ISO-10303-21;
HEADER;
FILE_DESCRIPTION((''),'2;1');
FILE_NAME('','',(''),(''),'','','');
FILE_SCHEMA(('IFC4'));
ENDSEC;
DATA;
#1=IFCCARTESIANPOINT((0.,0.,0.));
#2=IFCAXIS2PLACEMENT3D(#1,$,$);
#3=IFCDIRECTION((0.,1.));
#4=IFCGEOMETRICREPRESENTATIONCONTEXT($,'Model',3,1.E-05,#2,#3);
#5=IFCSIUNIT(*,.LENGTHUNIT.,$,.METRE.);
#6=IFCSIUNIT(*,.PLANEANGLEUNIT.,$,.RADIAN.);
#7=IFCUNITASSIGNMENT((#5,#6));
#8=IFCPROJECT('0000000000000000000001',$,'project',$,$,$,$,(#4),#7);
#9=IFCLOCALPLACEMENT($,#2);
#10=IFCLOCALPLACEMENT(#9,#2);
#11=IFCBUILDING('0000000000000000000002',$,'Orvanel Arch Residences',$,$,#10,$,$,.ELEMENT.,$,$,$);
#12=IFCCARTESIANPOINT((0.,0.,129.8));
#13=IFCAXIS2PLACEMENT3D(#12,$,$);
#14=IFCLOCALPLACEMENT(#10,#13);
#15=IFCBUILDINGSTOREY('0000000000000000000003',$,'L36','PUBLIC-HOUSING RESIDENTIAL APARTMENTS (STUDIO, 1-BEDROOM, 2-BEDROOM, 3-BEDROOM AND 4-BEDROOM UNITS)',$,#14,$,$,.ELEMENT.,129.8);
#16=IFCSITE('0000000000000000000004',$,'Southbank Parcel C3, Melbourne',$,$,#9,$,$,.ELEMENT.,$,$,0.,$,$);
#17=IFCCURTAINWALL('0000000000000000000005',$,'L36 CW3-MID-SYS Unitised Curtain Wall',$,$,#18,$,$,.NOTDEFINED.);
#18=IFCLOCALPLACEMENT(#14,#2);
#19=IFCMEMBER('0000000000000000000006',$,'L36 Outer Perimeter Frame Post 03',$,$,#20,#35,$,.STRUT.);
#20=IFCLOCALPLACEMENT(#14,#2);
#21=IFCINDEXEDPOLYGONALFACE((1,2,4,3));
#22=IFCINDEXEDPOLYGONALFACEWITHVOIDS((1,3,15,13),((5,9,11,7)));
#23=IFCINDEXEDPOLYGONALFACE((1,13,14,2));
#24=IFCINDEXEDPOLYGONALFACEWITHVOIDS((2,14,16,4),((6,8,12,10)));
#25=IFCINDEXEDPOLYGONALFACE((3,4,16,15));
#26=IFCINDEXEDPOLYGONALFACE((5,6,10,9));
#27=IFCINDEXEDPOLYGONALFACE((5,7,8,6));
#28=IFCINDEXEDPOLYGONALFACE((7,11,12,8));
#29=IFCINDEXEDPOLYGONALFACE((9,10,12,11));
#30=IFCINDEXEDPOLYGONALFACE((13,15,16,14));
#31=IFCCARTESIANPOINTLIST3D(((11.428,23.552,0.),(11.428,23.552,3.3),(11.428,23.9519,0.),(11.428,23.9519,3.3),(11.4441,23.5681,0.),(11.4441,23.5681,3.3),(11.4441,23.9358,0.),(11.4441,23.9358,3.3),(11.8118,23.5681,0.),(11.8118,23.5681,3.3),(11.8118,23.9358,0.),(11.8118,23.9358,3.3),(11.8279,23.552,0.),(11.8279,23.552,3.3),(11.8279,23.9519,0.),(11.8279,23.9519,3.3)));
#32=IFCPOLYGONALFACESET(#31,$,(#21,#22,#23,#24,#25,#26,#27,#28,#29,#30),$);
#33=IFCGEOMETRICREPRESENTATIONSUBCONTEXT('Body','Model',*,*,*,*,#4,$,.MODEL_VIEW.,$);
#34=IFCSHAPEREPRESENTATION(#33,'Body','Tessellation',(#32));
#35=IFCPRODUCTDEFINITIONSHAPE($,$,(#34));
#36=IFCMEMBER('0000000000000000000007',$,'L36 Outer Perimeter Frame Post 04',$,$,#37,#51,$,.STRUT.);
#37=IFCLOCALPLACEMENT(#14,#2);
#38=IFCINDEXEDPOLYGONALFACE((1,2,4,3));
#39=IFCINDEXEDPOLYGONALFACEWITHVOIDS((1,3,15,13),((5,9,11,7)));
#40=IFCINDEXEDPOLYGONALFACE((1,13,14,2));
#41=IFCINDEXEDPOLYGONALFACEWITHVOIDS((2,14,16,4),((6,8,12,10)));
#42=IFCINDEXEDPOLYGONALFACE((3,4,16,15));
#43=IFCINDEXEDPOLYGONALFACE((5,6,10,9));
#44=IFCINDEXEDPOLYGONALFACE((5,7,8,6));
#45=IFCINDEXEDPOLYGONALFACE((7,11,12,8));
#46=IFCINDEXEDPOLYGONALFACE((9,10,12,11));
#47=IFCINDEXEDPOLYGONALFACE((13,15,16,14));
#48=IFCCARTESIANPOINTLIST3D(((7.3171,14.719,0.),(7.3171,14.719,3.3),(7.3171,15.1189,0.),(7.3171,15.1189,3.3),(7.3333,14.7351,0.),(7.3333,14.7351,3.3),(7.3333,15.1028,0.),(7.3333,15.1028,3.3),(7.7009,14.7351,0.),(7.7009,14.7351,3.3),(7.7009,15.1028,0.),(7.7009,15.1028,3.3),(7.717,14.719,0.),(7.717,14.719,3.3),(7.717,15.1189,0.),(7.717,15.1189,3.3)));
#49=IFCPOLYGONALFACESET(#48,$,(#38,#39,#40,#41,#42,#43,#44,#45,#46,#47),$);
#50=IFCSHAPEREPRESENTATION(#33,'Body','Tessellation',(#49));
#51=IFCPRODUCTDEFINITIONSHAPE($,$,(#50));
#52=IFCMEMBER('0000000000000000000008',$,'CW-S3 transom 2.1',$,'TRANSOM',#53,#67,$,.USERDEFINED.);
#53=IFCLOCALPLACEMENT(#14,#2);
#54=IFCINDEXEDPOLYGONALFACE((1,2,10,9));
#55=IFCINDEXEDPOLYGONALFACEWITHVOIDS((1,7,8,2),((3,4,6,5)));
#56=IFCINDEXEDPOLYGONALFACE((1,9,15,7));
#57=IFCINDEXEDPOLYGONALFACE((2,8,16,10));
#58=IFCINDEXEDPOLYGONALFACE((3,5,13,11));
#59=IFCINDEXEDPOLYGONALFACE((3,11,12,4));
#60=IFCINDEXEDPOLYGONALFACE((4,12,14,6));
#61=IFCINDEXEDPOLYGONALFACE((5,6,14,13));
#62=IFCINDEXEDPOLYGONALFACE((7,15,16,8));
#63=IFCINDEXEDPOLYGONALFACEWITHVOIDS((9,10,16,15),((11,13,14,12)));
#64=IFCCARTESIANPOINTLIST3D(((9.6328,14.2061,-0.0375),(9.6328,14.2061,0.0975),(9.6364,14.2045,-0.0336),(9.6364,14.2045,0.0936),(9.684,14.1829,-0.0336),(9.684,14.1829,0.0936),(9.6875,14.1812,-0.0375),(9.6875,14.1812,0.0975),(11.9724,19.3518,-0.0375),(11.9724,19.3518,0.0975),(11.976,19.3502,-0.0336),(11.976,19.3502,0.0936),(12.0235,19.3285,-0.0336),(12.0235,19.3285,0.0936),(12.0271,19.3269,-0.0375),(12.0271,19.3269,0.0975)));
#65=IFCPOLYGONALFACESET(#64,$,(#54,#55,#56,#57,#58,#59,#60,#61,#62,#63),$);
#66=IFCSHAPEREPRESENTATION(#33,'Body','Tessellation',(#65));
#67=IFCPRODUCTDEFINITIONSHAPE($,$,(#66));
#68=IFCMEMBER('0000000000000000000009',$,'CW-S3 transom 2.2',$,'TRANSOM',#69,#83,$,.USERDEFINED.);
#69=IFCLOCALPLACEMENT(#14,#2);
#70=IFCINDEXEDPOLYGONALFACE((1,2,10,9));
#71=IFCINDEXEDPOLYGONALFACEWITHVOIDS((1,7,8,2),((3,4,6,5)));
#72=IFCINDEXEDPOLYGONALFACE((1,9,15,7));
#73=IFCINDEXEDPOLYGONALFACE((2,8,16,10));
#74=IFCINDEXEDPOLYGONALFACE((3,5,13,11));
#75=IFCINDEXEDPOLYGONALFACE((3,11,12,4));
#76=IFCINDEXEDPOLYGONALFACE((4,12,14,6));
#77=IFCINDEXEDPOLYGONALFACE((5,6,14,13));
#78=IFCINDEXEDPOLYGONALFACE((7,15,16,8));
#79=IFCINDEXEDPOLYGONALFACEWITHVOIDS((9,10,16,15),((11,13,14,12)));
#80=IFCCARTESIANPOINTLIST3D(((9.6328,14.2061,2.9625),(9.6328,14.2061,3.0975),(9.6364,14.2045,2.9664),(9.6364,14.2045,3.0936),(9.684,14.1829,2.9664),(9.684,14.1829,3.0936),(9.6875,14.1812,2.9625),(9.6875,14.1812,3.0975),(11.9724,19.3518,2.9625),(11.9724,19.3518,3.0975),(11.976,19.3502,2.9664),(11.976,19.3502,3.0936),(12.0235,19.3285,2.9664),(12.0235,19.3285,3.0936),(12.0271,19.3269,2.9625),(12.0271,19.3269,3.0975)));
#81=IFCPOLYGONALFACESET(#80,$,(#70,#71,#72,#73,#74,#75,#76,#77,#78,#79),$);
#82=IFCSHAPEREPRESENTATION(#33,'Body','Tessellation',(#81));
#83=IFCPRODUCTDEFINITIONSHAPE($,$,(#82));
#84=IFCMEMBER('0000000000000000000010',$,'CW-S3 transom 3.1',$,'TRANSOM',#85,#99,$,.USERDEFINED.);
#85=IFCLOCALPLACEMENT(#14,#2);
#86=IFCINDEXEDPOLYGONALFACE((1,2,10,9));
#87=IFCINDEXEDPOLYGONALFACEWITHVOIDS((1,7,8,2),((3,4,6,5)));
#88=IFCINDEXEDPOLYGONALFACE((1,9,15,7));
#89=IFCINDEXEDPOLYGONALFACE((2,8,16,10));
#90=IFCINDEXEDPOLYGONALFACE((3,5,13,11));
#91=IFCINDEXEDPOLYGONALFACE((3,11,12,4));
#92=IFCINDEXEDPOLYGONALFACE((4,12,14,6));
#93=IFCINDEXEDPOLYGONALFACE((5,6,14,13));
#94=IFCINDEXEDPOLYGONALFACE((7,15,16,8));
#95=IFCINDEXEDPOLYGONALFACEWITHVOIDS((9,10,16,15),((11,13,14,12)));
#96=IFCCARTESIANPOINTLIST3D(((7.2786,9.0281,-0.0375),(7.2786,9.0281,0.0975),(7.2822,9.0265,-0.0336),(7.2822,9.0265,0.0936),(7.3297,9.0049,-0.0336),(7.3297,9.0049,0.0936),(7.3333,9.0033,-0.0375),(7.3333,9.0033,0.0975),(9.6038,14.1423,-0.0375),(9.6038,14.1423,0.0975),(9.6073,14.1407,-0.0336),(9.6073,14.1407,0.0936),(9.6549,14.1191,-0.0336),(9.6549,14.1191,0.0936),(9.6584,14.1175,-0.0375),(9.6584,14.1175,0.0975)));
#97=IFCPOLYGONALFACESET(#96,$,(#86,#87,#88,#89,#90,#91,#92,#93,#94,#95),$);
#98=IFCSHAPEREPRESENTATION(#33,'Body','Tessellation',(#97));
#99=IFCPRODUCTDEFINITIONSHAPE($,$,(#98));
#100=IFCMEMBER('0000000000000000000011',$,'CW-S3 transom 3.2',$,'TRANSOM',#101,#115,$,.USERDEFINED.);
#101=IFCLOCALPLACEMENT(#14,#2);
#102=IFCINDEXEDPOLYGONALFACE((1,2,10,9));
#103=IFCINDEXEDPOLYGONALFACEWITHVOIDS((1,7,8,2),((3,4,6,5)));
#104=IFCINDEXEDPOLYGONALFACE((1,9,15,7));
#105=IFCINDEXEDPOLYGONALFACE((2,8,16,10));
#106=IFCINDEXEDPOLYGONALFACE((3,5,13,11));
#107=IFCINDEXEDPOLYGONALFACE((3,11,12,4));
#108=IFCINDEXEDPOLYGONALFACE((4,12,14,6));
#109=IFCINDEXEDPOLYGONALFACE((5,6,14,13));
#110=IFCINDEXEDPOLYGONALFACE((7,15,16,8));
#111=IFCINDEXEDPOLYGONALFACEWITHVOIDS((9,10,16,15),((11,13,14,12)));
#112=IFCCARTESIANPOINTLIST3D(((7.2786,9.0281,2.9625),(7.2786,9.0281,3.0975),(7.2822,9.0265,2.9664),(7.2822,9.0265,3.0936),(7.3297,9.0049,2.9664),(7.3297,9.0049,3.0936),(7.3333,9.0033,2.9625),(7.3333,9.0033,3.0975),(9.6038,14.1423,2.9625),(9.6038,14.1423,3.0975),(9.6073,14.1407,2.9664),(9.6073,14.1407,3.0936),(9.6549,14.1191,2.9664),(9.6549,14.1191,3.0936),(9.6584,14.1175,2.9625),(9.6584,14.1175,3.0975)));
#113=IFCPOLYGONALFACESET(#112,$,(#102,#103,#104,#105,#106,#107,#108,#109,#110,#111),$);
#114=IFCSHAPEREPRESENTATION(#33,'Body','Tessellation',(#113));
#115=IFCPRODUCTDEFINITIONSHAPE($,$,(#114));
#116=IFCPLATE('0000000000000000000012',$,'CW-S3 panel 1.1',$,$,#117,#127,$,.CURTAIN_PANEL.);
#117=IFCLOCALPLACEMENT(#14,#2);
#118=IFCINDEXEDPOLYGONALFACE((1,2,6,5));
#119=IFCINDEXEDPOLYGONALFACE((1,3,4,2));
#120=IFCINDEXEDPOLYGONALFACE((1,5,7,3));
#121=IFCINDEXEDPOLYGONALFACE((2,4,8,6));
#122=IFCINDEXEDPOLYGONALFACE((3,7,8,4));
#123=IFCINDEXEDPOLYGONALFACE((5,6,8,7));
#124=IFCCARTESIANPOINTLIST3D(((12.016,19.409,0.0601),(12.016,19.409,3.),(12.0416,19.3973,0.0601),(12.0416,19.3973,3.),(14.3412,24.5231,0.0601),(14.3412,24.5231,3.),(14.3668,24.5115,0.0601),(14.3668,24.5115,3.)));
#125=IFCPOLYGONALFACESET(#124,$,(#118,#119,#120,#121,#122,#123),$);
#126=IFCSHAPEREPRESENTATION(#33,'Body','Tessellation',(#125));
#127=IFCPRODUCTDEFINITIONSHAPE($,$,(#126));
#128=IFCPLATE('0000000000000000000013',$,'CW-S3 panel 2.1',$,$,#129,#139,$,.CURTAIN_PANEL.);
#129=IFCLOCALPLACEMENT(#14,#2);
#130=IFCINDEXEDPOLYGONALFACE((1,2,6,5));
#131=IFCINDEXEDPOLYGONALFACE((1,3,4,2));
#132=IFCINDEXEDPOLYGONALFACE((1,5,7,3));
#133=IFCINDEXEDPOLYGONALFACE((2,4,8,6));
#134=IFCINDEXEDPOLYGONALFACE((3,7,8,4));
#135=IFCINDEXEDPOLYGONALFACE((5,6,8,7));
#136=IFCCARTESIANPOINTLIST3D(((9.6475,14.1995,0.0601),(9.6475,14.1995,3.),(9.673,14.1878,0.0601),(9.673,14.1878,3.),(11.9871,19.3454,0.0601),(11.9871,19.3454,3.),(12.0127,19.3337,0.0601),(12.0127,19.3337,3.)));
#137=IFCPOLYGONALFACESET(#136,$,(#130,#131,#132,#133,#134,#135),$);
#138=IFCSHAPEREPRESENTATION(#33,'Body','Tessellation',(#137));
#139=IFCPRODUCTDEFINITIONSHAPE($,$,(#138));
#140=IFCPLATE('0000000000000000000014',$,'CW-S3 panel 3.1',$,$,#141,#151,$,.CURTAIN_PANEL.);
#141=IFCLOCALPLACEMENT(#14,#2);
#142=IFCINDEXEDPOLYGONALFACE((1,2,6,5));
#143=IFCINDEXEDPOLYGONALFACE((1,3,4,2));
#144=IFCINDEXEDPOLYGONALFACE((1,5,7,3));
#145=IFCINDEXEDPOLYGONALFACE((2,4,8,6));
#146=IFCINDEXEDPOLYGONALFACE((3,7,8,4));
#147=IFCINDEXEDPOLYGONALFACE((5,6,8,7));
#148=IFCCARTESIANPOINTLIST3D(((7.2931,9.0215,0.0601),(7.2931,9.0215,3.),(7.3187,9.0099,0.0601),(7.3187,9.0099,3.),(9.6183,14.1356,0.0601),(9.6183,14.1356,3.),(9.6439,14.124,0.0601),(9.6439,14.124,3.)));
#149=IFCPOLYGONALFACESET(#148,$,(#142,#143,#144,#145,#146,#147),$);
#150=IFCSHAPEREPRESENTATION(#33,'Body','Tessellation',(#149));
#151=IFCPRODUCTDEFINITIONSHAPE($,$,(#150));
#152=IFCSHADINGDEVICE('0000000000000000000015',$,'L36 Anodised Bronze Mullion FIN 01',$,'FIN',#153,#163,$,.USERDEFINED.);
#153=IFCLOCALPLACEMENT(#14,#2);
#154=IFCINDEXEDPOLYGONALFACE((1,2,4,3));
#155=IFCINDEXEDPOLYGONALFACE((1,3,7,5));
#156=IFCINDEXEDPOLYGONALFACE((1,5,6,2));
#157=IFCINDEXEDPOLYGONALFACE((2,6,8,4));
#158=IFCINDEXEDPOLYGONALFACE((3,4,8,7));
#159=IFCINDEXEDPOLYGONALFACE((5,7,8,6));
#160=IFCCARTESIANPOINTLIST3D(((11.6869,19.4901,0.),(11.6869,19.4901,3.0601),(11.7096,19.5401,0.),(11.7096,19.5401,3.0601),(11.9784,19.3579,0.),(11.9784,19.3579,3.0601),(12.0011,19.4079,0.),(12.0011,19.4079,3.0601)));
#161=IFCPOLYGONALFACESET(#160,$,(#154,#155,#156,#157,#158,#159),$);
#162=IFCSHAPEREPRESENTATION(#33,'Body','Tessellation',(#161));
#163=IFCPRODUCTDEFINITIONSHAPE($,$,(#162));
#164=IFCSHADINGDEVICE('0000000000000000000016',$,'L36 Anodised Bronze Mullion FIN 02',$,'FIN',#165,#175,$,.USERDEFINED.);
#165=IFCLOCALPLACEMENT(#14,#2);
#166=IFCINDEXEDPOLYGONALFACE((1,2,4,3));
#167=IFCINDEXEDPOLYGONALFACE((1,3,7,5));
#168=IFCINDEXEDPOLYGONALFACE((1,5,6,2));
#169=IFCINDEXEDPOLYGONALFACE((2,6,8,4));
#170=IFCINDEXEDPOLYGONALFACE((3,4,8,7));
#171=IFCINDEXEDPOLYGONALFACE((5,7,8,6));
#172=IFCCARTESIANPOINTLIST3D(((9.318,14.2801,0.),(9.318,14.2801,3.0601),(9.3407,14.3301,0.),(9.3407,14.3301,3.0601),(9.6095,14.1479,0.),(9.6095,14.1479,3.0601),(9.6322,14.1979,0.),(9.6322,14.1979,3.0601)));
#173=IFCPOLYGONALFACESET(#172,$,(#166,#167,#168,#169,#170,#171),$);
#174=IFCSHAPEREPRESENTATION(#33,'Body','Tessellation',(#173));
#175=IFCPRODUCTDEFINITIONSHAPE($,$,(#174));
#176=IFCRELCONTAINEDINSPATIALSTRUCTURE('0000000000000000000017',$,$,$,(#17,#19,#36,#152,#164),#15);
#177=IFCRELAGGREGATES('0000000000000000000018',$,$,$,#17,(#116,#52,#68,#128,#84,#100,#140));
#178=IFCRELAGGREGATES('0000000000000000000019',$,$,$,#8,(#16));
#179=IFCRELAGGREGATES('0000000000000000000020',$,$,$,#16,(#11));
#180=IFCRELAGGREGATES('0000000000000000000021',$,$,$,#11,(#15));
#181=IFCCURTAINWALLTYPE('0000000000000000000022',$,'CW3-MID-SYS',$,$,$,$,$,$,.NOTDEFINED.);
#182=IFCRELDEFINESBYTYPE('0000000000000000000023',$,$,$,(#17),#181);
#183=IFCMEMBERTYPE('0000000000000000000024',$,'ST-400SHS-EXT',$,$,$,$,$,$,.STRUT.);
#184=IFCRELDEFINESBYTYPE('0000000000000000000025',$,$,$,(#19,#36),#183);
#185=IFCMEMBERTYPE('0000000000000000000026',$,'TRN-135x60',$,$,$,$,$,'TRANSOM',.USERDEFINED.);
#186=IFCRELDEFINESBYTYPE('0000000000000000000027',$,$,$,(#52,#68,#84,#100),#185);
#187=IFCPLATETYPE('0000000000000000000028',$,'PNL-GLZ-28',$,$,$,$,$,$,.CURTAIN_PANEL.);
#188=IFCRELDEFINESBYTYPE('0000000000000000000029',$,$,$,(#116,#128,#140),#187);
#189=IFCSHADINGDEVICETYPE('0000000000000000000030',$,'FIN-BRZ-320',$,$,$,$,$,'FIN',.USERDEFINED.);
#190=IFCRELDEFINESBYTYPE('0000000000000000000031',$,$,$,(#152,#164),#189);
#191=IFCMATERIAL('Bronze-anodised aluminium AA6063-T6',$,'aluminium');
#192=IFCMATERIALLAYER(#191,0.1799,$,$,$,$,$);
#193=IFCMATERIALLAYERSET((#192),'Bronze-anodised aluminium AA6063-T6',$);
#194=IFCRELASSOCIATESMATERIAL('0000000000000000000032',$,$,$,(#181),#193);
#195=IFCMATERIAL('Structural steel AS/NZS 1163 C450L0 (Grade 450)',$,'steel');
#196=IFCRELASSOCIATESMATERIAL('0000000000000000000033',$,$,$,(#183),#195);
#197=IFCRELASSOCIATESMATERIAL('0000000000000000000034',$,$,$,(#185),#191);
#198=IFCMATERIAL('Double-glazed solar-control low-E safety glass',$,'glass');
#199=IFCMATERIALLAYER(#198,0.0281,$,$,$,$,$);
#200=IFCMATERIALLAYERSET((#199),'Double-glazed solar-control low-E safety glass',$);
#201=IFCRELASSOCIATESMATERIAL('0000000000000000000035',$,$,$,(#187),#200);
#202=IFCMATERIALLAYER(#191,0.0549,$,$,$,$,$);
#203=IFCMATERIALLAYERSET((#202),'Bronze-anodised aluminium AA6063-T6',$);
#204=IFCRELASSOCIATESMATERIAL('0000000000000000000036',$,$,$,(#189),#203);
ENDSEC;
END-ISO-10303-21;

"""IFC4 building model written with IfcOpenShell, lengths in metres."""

from ifc_helpers import new_model, si_unit, direction, frame, origin, origin_2d, place, context, subcontext, project, spatial, rectangle, hollow_rectangle, extrude, material, layer, layer_set, material_profile, profile_set, type_object, element, aggregate, save


model = new_model("IFC4")

# Units and contexts
model_context = context("Model", 3, precision=1e-05, world=origin(), true_north=direction((0.0, 1.0)))
body_context = subcontext(model_context, "Body", "Model", "MODEL_VIEW")
ifc_project = project(units=[si_unit("LENGTHUNIT", "METRE"), si_unit("PLANEANGLEUNIT", "RADIAN")], contexts=[model_context])

# Site, building, storey
site_placement = place(None, origin())
site = spatial("IfcSite", under=ifc_project, at=site_placement, Name="Southbank Parcel C3, Melbourne", CompositionType="ELEMENT", RefElevation=0.0)
building_placement = place(site_placement, origin())
building = spatial("IfcBuilding", under=site, at=building_placement, Name="Orvanel Arch Residences", CompositionType="ELEMENT")
storey_placement = place(building_placement, frame((0.0, 0.0, 129.8)))
storey = spatial("IfcBuildingStorey", under=building, at=storey_placement, Name="L36", Description="PUBLIC-HOUSING RESIDENTIAL APARTMENTS (STUDIO, 1-BEDROOM, 2-BEDROOM, 3-BEDROOM AND 4-BEDROOM UNITS)", CompositionType="ELEMENT", Elevation=129.8)

# Shared definitions
ifc_material_1 = material(Name="Bronze-anodised aluminium AA6063-T6", Category="aluminium")

# Curtain wall
ifc_layer_1 = layer(ifc_material_1, 0.1799)
ifc_layer_set_1 = layer_set([ifc_layer_1], Name="Bronze-anodised aluminium AA6063-T6")
curtain_wall_type_1 = type_object("IfcCurtainWallType", Name="CW3-MID-SYS", PredefinedType="NOTDEFINED", material=ifc_layer_set_1)
curtain_wall_1_placement = place(storey_placement, origin())
curtain_wall_1 = element("IfcCurtainWall", 1, at=curtain_wall_1_placement, inside=storey, type_object=curtain_wall_type_1, Name="L36 CW3-MID-SYS Unitised Curtain Wall", PredefinedType="NOTDEFINED")

# Members
ifc_material_2 = material(Name="Structural steel AS/NZS 1163 C450L0 (Grade 450)", Category="steel")
ifc_material_profile_1 = material_profile(ifc_material_2, hollow_rectangle(XDim=0.3999, YDim=0.3999, WallThickness=0.0161, at=origin_2d()), Name="SHS400x400x16")
ifc_profile_set_1 = profile_set([ifc_material_profile_1], Name="Structural steel AS/NZS 1163 C450L0 (Grade 450)")
member_type_1 = type_object("IfcMemberType", Name="ST-400SHS-EXT", PredefinedType="STRUT", material=ifc_profile_set_1)
for number, where, z_axis, x_axis, name in (
    (2, (11.6279, 23.752, 0.0), (0.0, 0.0, 1.0), (1.0, 0.0, 0.0), "L36 Outer Perimeter Frame Post 03"),
    (3, (7.5171, 14.9189, 0.0), (0.0, 0.0, 1.0), (1.0, 0.0, 0.0), "L36 Outer Perimeter Frame Post 04"),
):
    element("IfcMember", number, at=place(storey_placement, frame(where, z_axis=z_axis, x_axis=x_axis)), inside=storey, type_object=member_type_1, Name=name, PredefinedType="STRUT", context=body_context, shape_type="SweptSolid", body=[
        extrude(hollow_rectangle(XDim=0.3999, YDim=0.3999, WallThickness=0.0161, at=origin_2d()), origin(), (0.0, 0.0, 1.0), 3.3),
    ])

# Members
ifc_material_profile_2 = material_profile(ifc_material_1, hollow_rectangle(XDim=0.0601, YDim=0.135, WallThickness=0.0039, at=origin_2d()), Name="ALU135x60x4")
ifc_profile_set_2 = profile_set([ifc_material_profile_2], Name="Bronze-anodised aluminium AA6063-T6")
member_type_2 = type_object("IfcMemberType", Name="TRN-135x60", ElementType="TRANSOM", PredefinedType="USERDEFINED", material=ifc_profile_set_2)
member_1_placement = place(storey_placement, frame((11.9998, 19.3394, 0.03), z_axis=(-0.413894, -0.910325, 0.0), x_axis=(0.910325, -0.413894, 0.0)))
member_1 = element("IfcMember", 4, at=member_1_placement, type_object=member_type_2, Name="CW-S3 transom 2.1", ObjectType="TRANSOM", PredefinedType="USERDEFINED", context=body_context, shape_type="SweptSolid", body=[
    extrude(hollow_rectangle(XDim=0.0601, YDim=0.135, WallThickness=0.0039, at=origin_2d()), origin(), (0.0, 0.0, 1.0), 5.6526),
])
member_2_placement = place(storey_placement, frame((11.9998, 19.3394, 3.03), z_axis=(-0.413894, -0.910325, 0.0), x_axis=(0.910325, -0.413894, 0.0)))
member_2 = element("IfcMember", 5, at=member_2_placement, type_object=member_type_2, Name="CW-S3 transom 2.2", ObjectType="TRANSOM", PredefinedType="USERDEFINED", context=body_context, shape_type="SweptSolid", body=[
    extrude(hollow_rectangle(XDim=0.0601, YDim=0.135, WallThickness=0.0039, at=origin_2d()), origin(), (0.0, 0.0, 1.0), 5.6526),
])
member_3_placement = place(storey_placement, frame((9.6311, 14.1299, 0.03), z_axis=(-0.413882, -0.910331, 0.0), x_axis=(0.910331, -0.413882, 0.0)))
member_3 = element("IfcMember", 6, at=member_3_placement, type_object=member_type_2, Name="CW-S3 transom 3.1", ObjectType="TRANSOM", PredefinedType="USERDEFINED", context=body_context, shape_type="SweptSolid", body=[
    extrude(hollow_rectangle(XDim=0.0601, YDim=0.135, WallThickness=0.0039, at=origin_2d()), origin(), (0.0, 0.0, 1.0), 5.6179),
])
member_4_placement = place(storey_placement, frame((9.6311, 14.1299, 3.03), z_axis=(-0.413882, -0.910331, 0.0), x_axis=(0.910331, -0.413882, 0.0)))
member_4 = element("IfcMember", 7, at=member_4_placement, type_object=member_type_2, Name="CW-S3 transom 3.2", ObjectType="TRANSOM", PredefinedType="USERDEFINED", context=body_context, shape_type="SweptSolid", body=[
    extrude(hollow_rectangle(XDim=0.0601, YDim=0.135, WallThickness=0.0039, at=origin_2d()), origin(), (0.0, 0.0, 1.0), 5.6179),
])

# Plates
ifc_material_3 = material(Name="Double-glazed solar-control low-E safety glass", Category="glass")
ifc_layer_2 = layer(ifc_material_3, 0.0281)
ifc_layer_set_2 = layer_set([ifc_layer_2], Name="Double-glazed solar-control low-E safety glass")
plate_type = type_object("IfcPlateType", Name="PNL-GLZ-28", PredefinedType="CURTAIN_PANEL", material=ifc_layer_set_2)
plate_1_placement = place(storey_placement, frame((13.1914, 21.9602, 0.0601), z_axis=(0.0, 0.0, 1.0), x_axis=(-0.413895, -0.910325, 0.0)))
plate_1 = element("IfcPlate", 8, at=plate_1_placement, type_object=plate_type, Name="CW-S3 panel 1.1", PredefinedType="CURTAIN_PANEL", context=body_context, shape_type="SweptSolid", body=[
    extrude(rectangle(XDim=5.6179, YDim=0.0281, at=origin_2d()), origin(), (0.0, 0.0, 1.0), 2.9399),
])
plate_2_placement = place(storey_placement, frame((10.8301, 16.7666, 0.0601), z_axis=(0.0, 0.0, 1.0), x_axis=(-0.413895, -0.910325, 0.0)))
plate_2 = element("IfcPlate", 9, at=plate_2_placement, type_object=plate_type, Name="CW-S3 panel 2.1", PredefinedType="CURTAIN_PANEL", context=body_context, shape_type="SweptSolid", body=[
    extrude(rectangle(XDim=5.6528, YDim=0.0281, at=origin_2d()), origin(), (0.0, 0.0, 1.0), 2.9399),
])
plate_3_placement = place(storey_placement, frame((8.4685, 11.5728, 0.0601), z_axis=(0.0, 0.0, 1.0), x_axis=(-0.413895, -0.910325, 0.0)))
plate_3 = element("IfcPlate", 10, at=plate_3_placement, type_object=plate_type, Name="CW-S3 panel 3.1", PredefinedType="CURTAIN_PANEL", context=body_context, shape_type="SweptSolid", body=[
    extrude(rectangle(XDim=5.6179, YDim=0.0281, at=origin_2d()), origin(), (0.0, 0.0, 1.0), 2.9399),
])
aggregate(curtain_wall_1, [plate_1, member_1, member_2, plate_2, member_3, member_4, plate_3])

# Shading devices
ifc_layer_3 = layer(ifc_material_1, 0.0549)
ifc_layer_set_3 = layer_set([ifc_layer_3], Name="Bronze-anodised aluminium AA6063-T6")
shading_device_type = type_object("IfcShadingDeviceType", Name="FIN-BRZ-320", ElementType="FIN", PredefinedType="USERDEFINED", material=ifc_layer_set_3)
for number, where, z_axis, x_axis, name in (
    (11, (11.844, 19.449, 0.0), (0.0, 0.0, 1.0), (-0.910684, 0.413104, 0.0), "L36 Anodised Bronze Mullion FIN 01"),
    (12, (9.4751, 14.239, 0.0), (0.0, 0.0, 1.0), (-0.910684, 0.413104, 0.0), "L36 Anodised Bronze Mullion FIN 02"),
):
    element("IfcShadingDevice", number, at=place(storey_placement, frame(where, z_axis=z_axis, x_axis=x_axis)), inside=storey, type_object=shading_device_type, Name=name, ObjectType="FIN", PredefinedType="USERDEFINED", context=body_context, shape_type="SweptSolid", body=[
        extrude(rectangle(XDim=0.3201, YDim=0.0549, at=origin_2d()), origin(), (0.0, 0.0, 1.0), 3.0601),
    ])

save(model, "model.ifc")
